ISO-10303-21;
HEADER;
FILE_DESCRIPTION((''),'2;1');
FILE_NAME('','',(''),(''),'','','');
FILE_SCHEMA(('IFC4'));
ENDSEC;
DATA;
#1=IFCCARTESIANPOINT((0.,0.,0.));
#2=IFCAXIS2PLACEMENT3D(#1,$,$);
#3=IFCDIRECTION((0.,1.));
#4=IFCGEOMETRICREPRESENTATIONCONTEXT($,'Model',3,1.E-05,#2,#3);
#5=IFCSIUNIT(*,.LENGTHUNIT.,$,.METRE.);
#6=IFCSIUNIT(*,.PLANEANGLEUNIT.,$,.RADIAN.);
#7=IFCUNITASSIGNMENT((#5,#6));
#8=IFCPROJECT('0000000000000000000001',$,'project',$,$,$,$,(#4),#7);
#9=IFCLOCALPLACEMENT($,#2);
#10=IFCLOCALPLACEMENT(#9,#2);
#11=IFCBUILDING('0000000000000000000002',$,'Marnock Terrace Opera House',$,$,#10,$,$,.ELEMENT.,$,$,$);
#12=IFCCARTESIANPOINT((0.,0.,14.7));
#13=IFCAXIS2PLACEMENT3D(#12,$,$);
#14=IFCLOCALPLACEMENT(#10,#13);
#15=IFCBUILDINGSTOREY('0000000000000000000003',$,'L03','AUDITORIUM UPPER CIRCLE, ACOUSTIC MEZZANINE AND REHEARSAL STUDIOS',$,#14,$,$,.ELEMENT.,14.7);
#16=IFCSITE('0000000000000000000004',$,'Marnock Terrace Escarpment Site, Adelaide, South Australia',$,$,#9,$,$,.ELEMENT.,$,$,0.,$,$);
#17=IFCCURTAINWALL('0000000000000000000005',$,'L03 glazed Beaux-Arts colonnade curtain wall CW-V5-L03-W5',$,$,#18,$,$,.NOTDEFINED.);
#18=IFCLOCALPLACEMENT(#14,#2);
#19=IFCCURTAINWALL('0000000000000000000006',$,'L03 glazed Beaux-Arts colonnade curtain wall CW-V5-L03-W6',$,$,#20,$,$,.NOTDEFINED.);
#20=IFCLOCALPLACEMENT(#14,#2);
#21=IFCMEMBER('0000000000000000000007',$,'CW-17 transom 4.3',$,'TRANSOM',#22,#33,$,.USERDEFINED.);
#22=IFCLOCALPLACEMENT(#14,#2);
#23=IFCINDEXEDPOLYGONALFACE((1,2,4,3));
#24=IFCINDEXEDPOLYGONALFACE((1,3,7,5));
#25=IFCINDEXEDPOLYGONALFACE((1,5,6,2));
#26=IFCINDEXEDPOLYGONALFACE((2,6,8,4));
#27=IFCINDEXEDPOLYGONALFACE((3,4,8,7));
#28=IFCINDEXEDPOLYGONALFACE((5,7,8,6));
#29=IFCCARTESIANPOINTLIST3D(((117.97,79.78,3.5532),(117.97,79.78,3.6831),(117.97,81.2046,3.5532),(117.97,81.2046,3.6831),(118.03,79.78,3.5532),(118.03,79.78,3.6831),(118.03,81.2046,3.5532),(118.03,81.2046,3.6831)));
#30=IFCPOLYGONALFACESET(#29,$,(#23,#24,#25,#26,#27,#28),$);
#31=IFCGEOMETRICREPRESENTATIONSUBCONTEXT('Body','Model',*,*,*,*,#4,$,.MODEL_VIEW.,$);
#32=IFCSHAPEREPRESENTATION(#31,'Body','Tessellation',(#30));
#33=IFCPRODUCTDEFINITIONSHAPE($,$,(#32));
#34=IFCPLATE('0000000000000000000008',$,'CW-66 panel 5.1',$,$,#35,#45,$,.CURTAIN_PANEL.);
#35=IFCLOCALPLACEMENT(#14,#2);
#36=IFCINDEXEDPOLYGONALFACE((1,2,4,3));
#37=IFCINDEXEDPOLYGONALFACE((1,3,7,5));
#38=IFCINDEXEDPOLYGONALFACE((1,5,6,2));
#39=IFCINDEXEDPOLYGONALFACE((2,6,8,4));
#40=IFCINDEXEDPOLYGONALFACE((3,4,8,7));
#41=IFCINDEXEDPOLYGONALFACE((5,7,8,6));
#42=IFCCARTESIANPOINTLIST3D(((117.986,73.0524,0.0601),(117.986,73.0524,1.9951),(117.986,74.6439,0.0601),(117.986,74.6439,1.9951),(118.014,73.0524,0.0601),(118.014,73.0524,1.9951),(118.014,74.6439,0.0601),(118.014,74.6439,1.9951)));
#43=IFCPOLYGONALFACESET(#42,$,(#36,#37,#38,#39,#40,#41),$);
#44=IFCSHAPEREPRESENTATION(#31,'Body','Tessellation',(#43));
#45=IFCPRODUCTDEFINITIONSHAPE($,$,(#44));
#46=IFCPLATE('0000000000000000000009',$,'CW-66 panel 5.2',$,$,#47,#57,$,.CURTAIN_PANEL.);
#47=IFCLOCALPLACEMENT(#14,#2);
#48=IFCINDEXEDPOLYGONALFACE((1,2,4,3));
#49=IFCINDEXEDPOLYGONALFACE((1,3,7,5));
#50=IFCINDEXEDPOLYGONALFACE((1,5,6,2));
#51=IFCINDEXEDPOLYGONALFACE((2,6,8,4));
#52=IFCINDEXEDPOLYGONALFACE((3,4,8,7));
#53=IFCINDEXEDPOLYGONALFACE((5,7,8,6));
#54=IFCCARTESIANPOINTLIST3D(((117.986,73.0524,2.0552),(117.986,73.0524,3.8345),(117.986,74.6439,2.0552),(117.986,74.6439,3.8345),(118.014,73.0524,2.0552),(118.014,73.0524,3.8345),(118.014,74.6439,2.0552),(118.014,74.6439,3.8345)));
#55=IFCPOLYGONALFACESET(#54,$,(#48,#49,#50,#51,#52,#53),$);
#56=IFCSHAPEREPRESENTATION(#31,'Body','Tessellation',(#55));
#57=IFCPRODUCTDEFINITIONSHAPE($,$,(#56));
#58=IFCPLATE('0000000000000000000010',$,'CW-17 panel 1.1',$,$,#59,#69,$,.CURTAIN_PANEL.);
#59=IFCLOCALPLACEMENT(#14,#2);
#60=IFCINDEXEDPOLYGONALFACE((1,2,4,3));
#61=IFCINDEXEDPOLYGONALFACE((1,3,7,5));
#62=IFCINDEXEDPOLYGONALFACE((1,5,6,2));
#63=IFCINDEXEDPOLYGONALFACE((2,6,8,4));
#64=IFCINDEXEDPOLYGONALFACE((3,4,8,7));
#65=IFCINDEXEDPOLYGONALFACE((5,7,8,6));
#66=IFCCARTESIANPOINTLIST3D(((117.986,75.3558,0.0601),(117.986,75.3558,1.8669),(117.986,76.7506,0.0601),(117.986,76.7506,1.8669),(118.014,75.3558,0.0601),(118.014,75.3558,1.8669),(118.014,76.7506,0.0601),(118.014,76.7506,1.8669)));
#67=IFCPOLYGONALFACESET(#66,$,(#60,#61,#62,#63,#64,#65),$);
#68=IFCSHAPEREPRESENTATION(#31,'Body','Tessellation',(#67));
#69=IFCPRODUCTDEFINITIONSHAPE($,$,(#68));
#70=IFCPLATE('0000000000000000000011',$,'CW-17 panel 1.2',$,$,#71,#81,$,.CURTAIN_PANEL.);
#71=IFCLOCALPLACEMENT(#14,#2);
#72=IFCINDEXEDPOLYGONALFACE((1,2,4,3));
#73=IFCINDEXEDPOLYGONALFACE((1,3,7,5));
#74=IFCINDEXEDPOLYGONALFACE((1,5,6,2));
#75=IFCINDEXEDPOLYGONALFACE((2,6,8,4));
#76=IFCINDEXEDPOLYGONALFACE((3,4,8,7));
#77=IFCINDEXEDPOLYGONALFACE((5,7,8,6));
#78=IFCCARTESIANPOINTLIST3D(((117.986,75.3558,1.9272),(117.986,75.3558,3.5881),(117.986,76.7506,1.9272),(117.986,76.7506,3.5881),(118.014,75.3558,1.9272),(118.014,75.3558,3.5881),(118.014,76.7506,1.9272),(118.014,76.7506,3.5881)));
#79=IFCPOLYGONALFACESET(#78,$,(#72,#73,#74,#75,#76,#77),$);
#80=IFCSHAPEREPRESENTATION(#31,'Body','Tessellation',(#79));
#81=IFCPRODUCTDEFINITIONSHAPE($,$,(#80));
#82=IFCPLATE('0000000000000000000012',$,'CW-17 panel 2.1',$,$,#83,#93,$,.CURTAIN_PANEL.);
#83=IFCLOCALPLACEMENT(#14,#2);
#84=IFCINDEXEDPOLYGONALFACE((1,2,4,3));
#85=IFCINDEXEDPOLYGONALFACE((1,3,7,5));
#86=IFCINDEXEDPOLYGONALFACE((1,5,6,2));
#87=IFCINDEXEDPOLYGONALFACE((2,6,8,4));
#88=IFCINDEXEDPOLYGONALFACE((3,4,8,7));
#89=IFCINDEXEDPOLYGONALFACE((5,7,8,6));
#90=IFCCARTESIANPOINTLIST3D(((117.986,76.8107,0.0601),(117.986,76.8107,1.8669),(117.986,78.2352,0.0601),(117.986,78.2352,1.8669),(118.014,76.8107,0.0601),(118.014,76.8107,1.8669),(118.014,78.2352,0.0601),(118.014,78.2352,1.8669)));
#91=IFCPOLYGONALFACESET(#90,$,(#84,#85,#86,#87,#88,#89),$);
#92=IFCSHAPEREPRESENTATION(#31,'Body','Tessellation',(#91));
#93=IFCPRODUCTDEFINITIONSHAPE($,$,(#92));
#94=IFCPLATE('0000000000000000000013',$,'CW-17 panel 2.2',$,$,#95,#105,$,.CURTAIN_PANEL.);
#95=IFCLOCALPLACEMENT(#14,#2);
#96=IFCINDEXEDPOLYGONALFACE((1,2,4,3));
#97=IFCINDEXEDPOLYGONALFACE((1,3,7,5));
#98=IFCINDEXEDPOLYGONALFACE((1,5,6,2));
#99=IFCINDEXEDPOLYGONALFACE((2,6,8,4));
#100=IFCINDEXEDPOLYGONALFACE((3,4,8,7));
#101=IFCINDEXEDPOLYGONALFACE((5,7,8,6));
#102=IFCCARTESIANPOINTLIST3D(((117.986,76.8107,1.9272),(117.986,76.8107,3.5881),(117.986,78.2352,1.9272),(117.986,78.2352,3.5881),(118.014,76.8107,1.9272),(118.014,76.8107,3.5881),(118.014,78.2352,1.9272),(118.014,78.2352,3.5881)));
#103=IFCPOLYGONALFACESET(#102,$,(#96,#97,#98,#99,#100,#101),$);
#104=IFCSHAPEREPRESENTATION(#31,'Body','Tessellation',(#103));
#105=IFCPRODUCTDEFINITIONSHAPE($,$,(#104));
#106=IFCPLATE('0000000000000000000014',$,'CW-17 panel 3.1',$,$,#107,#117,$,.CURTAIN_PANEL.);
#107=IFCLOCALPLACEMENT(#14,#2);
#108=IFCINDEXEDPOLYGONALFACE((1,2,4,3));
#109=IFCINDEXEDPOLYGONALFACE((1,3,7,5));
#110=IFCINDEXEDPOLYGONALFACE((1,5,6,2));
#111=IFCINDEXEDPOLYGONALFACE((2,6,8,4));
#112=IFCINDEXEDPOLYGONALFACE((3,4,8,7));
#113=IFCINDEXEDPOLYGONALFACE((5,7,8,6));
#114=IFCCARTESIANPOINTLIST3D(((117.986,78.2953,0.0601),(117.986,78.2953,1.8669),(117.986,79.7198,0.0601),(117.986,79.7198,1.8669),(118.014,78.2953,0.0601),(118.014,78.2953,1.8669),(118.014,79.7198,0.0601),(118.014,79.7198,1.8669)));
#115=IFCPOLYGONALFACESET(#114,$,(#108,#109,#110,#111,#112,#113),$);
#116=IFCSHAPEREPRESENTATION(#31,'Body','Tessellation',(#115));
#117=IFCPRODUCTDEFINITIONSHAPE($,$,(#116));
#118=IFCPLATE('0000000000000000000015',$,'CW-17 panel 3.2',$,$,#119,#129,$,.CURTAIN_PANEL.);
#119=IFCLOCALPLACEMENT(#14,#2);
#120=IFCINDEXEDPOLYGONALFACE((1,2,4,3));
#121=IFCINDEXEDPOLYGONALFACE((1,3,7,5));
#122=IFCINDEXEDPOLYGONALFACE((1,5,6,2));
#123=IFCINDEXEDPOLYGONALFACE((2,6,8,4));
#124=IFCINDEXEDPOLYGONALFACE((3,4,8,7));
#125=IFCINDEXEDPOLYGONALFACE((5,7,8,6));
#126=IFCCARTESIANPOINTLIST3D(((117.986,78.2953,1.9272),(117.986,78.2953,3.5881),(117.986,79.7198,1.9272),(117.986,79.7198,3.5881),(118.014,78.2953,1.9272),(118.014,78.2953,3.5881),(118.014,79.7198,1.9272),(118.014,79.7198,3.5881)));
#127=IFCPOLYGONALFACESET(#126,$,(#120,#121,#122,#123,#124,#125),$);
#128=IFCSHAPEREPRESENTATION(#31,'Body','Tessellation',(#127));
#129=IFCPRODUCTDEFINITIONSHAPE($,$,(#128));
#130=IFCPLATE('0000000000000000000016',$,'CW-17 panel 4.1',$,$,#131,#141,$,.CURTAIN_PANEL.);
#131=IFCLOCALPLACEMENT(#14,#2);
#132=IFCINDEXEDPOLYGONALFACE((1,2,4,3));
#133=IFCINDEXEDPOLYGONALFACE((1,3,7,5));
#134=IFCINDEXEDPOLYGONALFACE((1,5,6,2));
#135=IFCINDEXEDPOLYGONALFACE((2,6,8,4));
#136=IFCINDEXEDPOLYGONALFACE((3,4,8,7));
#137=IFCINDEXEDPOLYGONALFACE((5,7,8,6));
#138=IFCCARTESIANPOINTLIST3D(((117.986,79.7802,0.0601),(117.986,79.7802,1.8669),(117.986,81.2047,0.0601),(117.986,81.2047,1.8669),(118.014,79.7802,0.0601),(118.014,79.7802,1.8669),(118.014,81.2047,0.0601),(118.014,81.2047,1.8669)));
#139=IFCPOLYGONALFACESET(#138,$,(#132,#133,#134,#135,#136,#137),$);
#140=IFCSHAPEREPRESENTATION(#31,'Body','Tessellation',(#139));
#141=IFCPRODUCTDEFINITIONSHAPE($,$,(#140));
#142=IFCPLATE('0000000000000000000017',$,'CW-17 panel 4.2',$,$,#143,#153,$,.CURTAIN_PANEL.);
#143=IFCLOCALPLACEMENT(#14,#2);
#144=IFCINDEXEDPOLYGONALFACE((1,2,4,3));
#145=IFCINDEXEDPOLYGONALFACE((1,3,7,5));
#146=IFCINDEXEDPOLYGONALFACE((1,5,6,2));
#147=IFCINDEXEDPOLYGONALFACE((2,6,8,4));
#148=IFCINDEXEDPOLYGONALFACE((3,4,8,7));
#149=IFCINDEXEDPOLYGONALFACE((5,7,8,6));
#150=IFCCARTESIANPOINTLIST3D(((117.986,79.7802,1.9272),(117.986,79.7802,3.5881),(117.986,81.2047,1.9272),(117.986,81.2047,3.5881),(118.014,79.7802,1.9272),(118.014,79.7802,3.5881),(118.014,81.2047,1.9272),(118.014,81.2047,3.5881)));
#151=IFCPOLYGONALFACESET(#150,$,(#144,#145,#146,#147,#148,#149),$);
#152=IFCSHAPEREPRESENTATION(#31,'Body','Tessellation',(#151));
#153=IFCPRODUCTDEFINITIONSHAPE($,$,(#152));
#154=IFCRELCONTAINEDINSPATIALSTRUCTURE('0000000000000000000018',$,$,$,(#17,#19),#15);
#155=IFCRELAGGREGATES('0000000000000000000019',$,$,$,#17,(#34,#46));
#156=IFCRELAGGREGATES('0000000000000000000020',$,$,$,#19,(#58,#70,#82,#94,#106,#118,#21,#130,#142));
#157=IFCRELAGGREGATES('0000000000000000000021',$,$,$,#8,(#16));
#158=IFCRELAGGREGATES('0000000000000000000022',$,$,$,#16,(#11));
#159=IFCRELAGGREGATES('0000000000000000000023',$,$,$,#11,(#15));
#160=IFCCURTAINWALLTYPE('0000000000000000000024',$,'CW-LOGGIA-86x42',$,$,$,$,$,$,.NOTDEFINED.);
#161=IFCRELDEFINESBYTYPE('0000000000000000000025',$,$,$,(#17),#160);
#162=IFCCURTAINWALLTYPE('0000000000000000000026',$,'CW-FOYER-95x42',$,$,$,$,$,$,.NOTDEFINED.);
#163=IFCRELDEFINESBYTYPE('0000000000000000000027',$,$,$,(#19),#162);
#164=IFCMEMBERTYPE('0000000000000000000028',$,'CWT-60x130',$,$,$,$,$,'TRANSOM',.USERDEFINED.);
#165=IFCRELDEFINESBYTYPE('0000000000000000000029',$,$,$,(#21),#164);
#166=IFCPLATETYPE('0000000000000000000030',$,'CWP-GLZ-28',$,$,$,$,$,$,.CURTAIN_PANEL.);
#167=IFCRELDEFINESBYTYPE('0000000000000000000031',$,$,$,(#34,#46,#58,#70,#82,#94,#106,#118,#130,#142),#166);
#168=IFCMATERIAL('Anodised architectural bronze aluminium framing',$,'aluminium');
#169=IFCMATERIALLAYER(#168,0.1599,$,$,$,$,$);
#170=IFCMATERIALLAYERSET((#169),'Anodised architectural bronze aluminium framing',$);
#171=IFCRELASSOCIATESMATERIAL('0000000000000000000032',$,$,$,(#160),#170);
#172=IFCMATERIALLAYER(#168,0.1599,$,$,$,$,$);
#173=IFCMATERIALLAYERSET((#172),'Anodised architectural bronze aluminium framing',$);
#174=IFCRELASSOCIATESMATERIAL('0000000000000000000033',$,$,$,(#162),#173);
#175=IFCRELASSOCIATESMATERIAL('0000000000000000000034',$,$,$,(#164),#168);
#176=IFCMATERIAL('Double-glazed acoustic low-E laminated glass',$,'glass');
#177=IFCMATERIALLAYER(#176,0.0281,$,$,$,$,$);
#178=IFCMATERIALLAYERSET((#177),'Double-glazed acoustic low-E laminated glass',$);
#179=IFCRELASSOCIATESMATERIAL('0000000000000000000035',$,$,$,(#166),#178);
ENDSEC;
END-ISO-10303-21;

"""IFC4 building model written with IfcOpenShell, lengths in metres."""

from ifc_helpers import new_model, si_unit, direction, frame, origin, origin_2d, place, context, subcontext, project, spatial, rectangle, extrude, material, layer, layer_set, material_profile, profile_set, type_object, element, aggregate, save


model = new_model("IFC4")

# Units and contexts
model_context = context("Model", 3, precision=1e-05, world=origin(), true_north=direction((0.0, 1.0)))
body_context = subcontext(model_context, "Body", "Model", "MODEL_VIEW")
ifc_project = project(units=[si_unit("LENGTHUNIT", "METRE"), si_unit("PLANEANGLEUNIT", "RADIAN")], contexts=[model_context])

# Site, building, storey
site_placement = place(None, origin())
site = spatial("IfcSite", under=ifc_project, at=site_placement, Name="Marnock Terrace Escarpment Site, Adelaide, South Australia", CompositionType="ELEMENT", RefElevation=0.0)
building_placement = place(site_placement, origin())
building = spatial("IfcBuilding", under=site, at=building_placement, Name="Marnock Terrace Opera House", CompositionType="ELEMENT")
storey_placement = place(building_placement, frame((0.0, 0.0, 14.7)))
storey = spatial("IfcBuildingStorey", under=building, at=storey_placement, Name="L03", Description="AUDITORIUM UPPER CIRCLE, ACOUSTIC MEZZANINE AND REHEARSAL STUDIOS", CompositionType="ELEMENT", Elevation=14.7)

# Curtain wall
ifc_material_1 = material(Name="Anodised architectural bronze aluminium framing", Category="aluminium")
ifc_layer_1 = layer(ifc_material_1, 0.1599)
ifc_layer_set_1 = layer_set([ifc_layer_1], Name="Anodised architectural bronze aluminium framing")
curtain_wall_type_1 = type_object("IfcCurtainWallType", Name="CW-LOGGIA-86x42", PredefinedType="NOTDEFINED", material=ifc_layer_set_1)
curtain_wall_1_placement = place(storey_placement, origin())
curtain_wall_1 = element("IfcCurtainWall", 1, at=curtain_wall_1_placement, inside=storey, type_object=curtain_wall_type_1, Name="L03 glazed Beaux-Arts colonnade curtain wall CW-V5-L03-W5", PredefinedType="NOTDEFINED")

# Curtain wall
ifc_layer_2 = layer(ifc_material_1, 0.1599)
ifc_layer_set_2 = layer_set([ifc_layer_2], Name="Anodised architectural bronze aluminium framing")
curtain_wall_type_2 = type_object("IfcCurtainWallType", Name="CW-FOYER-95x42", PredefinedType="NOTDEFINED", material=ifc_layer_set_2)
curtain_wall_2_placement = place(storey_placement, origin())
curtain_wall_2 = element("IfcCurtainWall", 2, at=curtain_wall_2_placement, inside=storey, type_object=curtain_wall_type_2, Name="L03 glazed Beaux-Arts colonnade curtain wall CW-V5-L03-W6", PredefinedType="NOTDEFINED")

# Member
ifc_material_profile_1 = material_profile(ifc_material_1, rectangle(XDim=0.0601, YDim=0.1299, at=origin_2d()))
ifc_profile_set_1 = profile_set([ifc_material_profile_1], Name="Anodised architectural bronze aluminium framing")
member_type_1 = type_object("IfcMemberType", Name="CWT-60x130", ElementType="TRANSOM", PredefinedType="USERDEFINED", material=ifc_profile_set_1)
member_1_placement = place(storey_placement, frame((118.0, 79.78, 3.6182), z_axis=(0.0, 1.0, 0.0), x_axis=(-1.0, 0.0, 0.0)))
member_1 = element("IfcMember", 3, at=member_1_placement, type_object=member_type_1, Name="CW-17 transom 4.3", ObjectType="TRANSOM", PredefinedType="USERDEFINED", context=body_context, shape_type="SweptSolid", body=[
    extrude(rectangle(XDim=0.0601, YDim=0.1299, at=origin_2d()), origin(), (0.0, 0.0, 1.0), 1.4246),
])

# Plates
ifc_material_2 = material(Name="Double-glazed acoustic low-E laminated glass", Category="glass")
ifc_layer_3 = layer(ifc_material_2, 0.0281)
ifc_layer_set_3 = layer_set([ifc_layer_3], Name="Double-glazed acoustic low-E laminated glass")
plate_type = type_object("IfcPlateType", Name="CWP-GLZ-28", PredefinedType="CURTAIN_PANEL", material=ifc_layer_set_3)
plate_1_placement = place(storey_placement, frame((118.0, 73.8481, 0.0601), z_axis=(0.0, 0.0, 1.0), x_axis=(0.0, 1.0, 0.0)))
plate_1 = element("IfcPlate", 4, at=plate_1_placement, type_object=plate_type, Name="CW-66 panel 5.1", PredefinedType="CURTAIN_PANEL", context=body_context, shape_type="SweptSolid", body=[
    extrude(rectangle(XDim=1.5916, YDim=0.0281, at=origin_2d()), origin(), (0.0, 0.0, 1.0), 1.9351),
])
plate_2_placement = place(storey_placement, frame((118.0, 73.8481, 2.0552), z_axis=(0.0, 0.0, 1.0), x_axis=(0.0, 1.0, 0.0)))
plate_2 = element("IfcPlate", 5, at=plate_2_placement, type_object=plate_type, Name="CW-66 panel 5.2", PredefinedType="CURTAIN_PANEL", context=body_context, shape_type="SweptSolid", body=[
    extrude(rectangle(XDim=1.5916, YDim=0.0281, at=origin_2d()), origin(), (0.0, 0.0, 1.0), 1.7793),
])
aggregate(curtain_wall_1, [plate_1, plate_2])
plate_3_placement = place(storey_placement, frame((118.0, 76.0532, 0.0601), z_axis=(0.0, 0.0, 1.0), x_axis=(0.0, 1.0, 0.0)))
plate_3 = element("IfcPlate", 6, at=plate_3_placement, type_object=plate_type, Name="CW-17 panel 1.1", PredefinedType="CURTAIN_PANEL", context=body_context, shape_type="SweptSolid", body=[
    extrude(rectangle(XDim=1.3948, YDim=0.0281, at=origin_2d()), origin(), (0.0, 0.0, 1.0), 1.8069),
])
plate_4_placement = place(storey_placement, frame((118.0, 76.0532, 1.9272), z_axis=(0.0, 0.0, 1.0), x_axis=(0.0, 1.0, 0.0)))
plate_4 = element("IfcPlate", 7, at=plate_4_placement, type_object=plate_type, Name="CW-17 panel 1.2", PredefinedType="CURTAIN_PANEL", context=body_context, shape_type="SweptSolid", body=[
    extrude(rectangle(XDim=1.3948, YDim=0.0281, at=origin_2d()), origin(), (0.0, 0.0, 1.0), 1.6609),
])
plate_5_placement = place(storey_placement, frame((118.0, 77.5229, 0.0601), z_axis=(0.0, 0.0, 1.0), x_axis=(0.0, 1.0, 0.0)))
plate_5 = element("IfcPlate", 8, at=plate_5_placement, type_object=plate_type, Name="CW-17 panel 2.1", PredefinedType="CURTAIN_PANEL", context=body_context, shape_type="SweptSolid", body=[
    extrude(rectangle(XDim=1.4246, YDim=0.0281, at=origin_2d()), origin(), (0.0, 0.0, 1.0), 1.8069),
])
plate_6_placement = place(storey_placement, frame((118.0, 77.5229, 1.9272), z_axis=(0.0, 0.0, 1.0), x_axis=(0.0, 1.0, 0.0)))
plate_6 = element("IfcPlate", 9, at=plate_6_placement, type_object=plate_type, Name="CW-17 panel 2.2", PredefinedType="CURTAIN_PANEL", context=body_context, shape_type="SweptSolid", body=[
    extrude(rectangle(XDim=1.4246, YDim=0.0281, at=origin_2d()), origin(), (0.0, 0.0, 1.0), 1.6609),
])
plate_7_placement = place(storey_placement, frame((118.0, 79.0076, 0.0601), z_axis=(0.0, 0.0, 1.0), x_axis=(0.0, 1.0, 0.0)))
plate_7 = element("IfcPlate", 10, at=plate_7_placement, type_object=plate_type, Name="CW-17 panel 3.1", PredefinedType="CURTAIN_PANEL", context=body_context, shape_type="SweptSolid", body=[
    extrude(rectangle(XDim=1.4246, YDim=0.0281, at=origin_2d()), origin(), (0.0, 0.0, 1.0), 1.8069),
])
plate_8_placement = place(storey_placement, frame((118.0, 79.0076, 1.9272), z_axis=(0.0, 0.0, 1.0), x_axis=(0.0, 1.0, 0.0)))
plate_8 = element("IfcPlate", 11, at=plate_8_placement, type_object=plate_type, Name="CW-17 panel 3.2", PredefinedType="CURTAIN_PANEL", context=body_context, shape_type="SweptSolid", body=[
    extrude(rectangle(XDim=1.4246, YDim=0.0281, at=origin_2d()), origin(), (0.0, 0.0, 1.0), 1.6609),
])
plate_9_placement = place(storey_placement, frame((118.0, 80.4924, 0.0601), z_axis=(0.0, 0.0, 1.0), x_axis=(0.0, 1.0, 0.0)))
plate_9 = element("IfcPlate", 12, at=plate_9_placement, type_object=plate_type, Name="CW-17 panel 4.1", PredefinedType="CURTAIN_PANEL", context=body_context, shape_type="SweptSolid", body=[
    extrude(rectangle(XDim=1.4246, YDim=0.0281, at=origin_2d()), origin(), (0.0, 0.0, 1.0), 1.8069),
])
plate_10_placement = place(storey_placement, frame((118.0, 80.4924, 1.9272), z_axis=(0.0, 0.0, 1.0), x_axis=(0.0, 1.0, 0.0)))
plate_10 = element("IfcPlate", 13, at=plate_10_placement, type_object=plate_type, Name="CW-17 panel 4.2", PredefinedType="CURTAIN_PANEL", context=body_context, shape_type="SweptSolid", body=[
    extrude(rectangle(XDim=1.4246, YDim=0.0281, at=origin_2d()), origin(), (0.0, 0.0, 1.0), 1.6609),
])
aggregate(curtain_wall_2, [plate_3, plate_4, plate_5, plate_6, plate_7, plate_8, member_1, plate_9, plate_10])

save(model, "model.ifc")
